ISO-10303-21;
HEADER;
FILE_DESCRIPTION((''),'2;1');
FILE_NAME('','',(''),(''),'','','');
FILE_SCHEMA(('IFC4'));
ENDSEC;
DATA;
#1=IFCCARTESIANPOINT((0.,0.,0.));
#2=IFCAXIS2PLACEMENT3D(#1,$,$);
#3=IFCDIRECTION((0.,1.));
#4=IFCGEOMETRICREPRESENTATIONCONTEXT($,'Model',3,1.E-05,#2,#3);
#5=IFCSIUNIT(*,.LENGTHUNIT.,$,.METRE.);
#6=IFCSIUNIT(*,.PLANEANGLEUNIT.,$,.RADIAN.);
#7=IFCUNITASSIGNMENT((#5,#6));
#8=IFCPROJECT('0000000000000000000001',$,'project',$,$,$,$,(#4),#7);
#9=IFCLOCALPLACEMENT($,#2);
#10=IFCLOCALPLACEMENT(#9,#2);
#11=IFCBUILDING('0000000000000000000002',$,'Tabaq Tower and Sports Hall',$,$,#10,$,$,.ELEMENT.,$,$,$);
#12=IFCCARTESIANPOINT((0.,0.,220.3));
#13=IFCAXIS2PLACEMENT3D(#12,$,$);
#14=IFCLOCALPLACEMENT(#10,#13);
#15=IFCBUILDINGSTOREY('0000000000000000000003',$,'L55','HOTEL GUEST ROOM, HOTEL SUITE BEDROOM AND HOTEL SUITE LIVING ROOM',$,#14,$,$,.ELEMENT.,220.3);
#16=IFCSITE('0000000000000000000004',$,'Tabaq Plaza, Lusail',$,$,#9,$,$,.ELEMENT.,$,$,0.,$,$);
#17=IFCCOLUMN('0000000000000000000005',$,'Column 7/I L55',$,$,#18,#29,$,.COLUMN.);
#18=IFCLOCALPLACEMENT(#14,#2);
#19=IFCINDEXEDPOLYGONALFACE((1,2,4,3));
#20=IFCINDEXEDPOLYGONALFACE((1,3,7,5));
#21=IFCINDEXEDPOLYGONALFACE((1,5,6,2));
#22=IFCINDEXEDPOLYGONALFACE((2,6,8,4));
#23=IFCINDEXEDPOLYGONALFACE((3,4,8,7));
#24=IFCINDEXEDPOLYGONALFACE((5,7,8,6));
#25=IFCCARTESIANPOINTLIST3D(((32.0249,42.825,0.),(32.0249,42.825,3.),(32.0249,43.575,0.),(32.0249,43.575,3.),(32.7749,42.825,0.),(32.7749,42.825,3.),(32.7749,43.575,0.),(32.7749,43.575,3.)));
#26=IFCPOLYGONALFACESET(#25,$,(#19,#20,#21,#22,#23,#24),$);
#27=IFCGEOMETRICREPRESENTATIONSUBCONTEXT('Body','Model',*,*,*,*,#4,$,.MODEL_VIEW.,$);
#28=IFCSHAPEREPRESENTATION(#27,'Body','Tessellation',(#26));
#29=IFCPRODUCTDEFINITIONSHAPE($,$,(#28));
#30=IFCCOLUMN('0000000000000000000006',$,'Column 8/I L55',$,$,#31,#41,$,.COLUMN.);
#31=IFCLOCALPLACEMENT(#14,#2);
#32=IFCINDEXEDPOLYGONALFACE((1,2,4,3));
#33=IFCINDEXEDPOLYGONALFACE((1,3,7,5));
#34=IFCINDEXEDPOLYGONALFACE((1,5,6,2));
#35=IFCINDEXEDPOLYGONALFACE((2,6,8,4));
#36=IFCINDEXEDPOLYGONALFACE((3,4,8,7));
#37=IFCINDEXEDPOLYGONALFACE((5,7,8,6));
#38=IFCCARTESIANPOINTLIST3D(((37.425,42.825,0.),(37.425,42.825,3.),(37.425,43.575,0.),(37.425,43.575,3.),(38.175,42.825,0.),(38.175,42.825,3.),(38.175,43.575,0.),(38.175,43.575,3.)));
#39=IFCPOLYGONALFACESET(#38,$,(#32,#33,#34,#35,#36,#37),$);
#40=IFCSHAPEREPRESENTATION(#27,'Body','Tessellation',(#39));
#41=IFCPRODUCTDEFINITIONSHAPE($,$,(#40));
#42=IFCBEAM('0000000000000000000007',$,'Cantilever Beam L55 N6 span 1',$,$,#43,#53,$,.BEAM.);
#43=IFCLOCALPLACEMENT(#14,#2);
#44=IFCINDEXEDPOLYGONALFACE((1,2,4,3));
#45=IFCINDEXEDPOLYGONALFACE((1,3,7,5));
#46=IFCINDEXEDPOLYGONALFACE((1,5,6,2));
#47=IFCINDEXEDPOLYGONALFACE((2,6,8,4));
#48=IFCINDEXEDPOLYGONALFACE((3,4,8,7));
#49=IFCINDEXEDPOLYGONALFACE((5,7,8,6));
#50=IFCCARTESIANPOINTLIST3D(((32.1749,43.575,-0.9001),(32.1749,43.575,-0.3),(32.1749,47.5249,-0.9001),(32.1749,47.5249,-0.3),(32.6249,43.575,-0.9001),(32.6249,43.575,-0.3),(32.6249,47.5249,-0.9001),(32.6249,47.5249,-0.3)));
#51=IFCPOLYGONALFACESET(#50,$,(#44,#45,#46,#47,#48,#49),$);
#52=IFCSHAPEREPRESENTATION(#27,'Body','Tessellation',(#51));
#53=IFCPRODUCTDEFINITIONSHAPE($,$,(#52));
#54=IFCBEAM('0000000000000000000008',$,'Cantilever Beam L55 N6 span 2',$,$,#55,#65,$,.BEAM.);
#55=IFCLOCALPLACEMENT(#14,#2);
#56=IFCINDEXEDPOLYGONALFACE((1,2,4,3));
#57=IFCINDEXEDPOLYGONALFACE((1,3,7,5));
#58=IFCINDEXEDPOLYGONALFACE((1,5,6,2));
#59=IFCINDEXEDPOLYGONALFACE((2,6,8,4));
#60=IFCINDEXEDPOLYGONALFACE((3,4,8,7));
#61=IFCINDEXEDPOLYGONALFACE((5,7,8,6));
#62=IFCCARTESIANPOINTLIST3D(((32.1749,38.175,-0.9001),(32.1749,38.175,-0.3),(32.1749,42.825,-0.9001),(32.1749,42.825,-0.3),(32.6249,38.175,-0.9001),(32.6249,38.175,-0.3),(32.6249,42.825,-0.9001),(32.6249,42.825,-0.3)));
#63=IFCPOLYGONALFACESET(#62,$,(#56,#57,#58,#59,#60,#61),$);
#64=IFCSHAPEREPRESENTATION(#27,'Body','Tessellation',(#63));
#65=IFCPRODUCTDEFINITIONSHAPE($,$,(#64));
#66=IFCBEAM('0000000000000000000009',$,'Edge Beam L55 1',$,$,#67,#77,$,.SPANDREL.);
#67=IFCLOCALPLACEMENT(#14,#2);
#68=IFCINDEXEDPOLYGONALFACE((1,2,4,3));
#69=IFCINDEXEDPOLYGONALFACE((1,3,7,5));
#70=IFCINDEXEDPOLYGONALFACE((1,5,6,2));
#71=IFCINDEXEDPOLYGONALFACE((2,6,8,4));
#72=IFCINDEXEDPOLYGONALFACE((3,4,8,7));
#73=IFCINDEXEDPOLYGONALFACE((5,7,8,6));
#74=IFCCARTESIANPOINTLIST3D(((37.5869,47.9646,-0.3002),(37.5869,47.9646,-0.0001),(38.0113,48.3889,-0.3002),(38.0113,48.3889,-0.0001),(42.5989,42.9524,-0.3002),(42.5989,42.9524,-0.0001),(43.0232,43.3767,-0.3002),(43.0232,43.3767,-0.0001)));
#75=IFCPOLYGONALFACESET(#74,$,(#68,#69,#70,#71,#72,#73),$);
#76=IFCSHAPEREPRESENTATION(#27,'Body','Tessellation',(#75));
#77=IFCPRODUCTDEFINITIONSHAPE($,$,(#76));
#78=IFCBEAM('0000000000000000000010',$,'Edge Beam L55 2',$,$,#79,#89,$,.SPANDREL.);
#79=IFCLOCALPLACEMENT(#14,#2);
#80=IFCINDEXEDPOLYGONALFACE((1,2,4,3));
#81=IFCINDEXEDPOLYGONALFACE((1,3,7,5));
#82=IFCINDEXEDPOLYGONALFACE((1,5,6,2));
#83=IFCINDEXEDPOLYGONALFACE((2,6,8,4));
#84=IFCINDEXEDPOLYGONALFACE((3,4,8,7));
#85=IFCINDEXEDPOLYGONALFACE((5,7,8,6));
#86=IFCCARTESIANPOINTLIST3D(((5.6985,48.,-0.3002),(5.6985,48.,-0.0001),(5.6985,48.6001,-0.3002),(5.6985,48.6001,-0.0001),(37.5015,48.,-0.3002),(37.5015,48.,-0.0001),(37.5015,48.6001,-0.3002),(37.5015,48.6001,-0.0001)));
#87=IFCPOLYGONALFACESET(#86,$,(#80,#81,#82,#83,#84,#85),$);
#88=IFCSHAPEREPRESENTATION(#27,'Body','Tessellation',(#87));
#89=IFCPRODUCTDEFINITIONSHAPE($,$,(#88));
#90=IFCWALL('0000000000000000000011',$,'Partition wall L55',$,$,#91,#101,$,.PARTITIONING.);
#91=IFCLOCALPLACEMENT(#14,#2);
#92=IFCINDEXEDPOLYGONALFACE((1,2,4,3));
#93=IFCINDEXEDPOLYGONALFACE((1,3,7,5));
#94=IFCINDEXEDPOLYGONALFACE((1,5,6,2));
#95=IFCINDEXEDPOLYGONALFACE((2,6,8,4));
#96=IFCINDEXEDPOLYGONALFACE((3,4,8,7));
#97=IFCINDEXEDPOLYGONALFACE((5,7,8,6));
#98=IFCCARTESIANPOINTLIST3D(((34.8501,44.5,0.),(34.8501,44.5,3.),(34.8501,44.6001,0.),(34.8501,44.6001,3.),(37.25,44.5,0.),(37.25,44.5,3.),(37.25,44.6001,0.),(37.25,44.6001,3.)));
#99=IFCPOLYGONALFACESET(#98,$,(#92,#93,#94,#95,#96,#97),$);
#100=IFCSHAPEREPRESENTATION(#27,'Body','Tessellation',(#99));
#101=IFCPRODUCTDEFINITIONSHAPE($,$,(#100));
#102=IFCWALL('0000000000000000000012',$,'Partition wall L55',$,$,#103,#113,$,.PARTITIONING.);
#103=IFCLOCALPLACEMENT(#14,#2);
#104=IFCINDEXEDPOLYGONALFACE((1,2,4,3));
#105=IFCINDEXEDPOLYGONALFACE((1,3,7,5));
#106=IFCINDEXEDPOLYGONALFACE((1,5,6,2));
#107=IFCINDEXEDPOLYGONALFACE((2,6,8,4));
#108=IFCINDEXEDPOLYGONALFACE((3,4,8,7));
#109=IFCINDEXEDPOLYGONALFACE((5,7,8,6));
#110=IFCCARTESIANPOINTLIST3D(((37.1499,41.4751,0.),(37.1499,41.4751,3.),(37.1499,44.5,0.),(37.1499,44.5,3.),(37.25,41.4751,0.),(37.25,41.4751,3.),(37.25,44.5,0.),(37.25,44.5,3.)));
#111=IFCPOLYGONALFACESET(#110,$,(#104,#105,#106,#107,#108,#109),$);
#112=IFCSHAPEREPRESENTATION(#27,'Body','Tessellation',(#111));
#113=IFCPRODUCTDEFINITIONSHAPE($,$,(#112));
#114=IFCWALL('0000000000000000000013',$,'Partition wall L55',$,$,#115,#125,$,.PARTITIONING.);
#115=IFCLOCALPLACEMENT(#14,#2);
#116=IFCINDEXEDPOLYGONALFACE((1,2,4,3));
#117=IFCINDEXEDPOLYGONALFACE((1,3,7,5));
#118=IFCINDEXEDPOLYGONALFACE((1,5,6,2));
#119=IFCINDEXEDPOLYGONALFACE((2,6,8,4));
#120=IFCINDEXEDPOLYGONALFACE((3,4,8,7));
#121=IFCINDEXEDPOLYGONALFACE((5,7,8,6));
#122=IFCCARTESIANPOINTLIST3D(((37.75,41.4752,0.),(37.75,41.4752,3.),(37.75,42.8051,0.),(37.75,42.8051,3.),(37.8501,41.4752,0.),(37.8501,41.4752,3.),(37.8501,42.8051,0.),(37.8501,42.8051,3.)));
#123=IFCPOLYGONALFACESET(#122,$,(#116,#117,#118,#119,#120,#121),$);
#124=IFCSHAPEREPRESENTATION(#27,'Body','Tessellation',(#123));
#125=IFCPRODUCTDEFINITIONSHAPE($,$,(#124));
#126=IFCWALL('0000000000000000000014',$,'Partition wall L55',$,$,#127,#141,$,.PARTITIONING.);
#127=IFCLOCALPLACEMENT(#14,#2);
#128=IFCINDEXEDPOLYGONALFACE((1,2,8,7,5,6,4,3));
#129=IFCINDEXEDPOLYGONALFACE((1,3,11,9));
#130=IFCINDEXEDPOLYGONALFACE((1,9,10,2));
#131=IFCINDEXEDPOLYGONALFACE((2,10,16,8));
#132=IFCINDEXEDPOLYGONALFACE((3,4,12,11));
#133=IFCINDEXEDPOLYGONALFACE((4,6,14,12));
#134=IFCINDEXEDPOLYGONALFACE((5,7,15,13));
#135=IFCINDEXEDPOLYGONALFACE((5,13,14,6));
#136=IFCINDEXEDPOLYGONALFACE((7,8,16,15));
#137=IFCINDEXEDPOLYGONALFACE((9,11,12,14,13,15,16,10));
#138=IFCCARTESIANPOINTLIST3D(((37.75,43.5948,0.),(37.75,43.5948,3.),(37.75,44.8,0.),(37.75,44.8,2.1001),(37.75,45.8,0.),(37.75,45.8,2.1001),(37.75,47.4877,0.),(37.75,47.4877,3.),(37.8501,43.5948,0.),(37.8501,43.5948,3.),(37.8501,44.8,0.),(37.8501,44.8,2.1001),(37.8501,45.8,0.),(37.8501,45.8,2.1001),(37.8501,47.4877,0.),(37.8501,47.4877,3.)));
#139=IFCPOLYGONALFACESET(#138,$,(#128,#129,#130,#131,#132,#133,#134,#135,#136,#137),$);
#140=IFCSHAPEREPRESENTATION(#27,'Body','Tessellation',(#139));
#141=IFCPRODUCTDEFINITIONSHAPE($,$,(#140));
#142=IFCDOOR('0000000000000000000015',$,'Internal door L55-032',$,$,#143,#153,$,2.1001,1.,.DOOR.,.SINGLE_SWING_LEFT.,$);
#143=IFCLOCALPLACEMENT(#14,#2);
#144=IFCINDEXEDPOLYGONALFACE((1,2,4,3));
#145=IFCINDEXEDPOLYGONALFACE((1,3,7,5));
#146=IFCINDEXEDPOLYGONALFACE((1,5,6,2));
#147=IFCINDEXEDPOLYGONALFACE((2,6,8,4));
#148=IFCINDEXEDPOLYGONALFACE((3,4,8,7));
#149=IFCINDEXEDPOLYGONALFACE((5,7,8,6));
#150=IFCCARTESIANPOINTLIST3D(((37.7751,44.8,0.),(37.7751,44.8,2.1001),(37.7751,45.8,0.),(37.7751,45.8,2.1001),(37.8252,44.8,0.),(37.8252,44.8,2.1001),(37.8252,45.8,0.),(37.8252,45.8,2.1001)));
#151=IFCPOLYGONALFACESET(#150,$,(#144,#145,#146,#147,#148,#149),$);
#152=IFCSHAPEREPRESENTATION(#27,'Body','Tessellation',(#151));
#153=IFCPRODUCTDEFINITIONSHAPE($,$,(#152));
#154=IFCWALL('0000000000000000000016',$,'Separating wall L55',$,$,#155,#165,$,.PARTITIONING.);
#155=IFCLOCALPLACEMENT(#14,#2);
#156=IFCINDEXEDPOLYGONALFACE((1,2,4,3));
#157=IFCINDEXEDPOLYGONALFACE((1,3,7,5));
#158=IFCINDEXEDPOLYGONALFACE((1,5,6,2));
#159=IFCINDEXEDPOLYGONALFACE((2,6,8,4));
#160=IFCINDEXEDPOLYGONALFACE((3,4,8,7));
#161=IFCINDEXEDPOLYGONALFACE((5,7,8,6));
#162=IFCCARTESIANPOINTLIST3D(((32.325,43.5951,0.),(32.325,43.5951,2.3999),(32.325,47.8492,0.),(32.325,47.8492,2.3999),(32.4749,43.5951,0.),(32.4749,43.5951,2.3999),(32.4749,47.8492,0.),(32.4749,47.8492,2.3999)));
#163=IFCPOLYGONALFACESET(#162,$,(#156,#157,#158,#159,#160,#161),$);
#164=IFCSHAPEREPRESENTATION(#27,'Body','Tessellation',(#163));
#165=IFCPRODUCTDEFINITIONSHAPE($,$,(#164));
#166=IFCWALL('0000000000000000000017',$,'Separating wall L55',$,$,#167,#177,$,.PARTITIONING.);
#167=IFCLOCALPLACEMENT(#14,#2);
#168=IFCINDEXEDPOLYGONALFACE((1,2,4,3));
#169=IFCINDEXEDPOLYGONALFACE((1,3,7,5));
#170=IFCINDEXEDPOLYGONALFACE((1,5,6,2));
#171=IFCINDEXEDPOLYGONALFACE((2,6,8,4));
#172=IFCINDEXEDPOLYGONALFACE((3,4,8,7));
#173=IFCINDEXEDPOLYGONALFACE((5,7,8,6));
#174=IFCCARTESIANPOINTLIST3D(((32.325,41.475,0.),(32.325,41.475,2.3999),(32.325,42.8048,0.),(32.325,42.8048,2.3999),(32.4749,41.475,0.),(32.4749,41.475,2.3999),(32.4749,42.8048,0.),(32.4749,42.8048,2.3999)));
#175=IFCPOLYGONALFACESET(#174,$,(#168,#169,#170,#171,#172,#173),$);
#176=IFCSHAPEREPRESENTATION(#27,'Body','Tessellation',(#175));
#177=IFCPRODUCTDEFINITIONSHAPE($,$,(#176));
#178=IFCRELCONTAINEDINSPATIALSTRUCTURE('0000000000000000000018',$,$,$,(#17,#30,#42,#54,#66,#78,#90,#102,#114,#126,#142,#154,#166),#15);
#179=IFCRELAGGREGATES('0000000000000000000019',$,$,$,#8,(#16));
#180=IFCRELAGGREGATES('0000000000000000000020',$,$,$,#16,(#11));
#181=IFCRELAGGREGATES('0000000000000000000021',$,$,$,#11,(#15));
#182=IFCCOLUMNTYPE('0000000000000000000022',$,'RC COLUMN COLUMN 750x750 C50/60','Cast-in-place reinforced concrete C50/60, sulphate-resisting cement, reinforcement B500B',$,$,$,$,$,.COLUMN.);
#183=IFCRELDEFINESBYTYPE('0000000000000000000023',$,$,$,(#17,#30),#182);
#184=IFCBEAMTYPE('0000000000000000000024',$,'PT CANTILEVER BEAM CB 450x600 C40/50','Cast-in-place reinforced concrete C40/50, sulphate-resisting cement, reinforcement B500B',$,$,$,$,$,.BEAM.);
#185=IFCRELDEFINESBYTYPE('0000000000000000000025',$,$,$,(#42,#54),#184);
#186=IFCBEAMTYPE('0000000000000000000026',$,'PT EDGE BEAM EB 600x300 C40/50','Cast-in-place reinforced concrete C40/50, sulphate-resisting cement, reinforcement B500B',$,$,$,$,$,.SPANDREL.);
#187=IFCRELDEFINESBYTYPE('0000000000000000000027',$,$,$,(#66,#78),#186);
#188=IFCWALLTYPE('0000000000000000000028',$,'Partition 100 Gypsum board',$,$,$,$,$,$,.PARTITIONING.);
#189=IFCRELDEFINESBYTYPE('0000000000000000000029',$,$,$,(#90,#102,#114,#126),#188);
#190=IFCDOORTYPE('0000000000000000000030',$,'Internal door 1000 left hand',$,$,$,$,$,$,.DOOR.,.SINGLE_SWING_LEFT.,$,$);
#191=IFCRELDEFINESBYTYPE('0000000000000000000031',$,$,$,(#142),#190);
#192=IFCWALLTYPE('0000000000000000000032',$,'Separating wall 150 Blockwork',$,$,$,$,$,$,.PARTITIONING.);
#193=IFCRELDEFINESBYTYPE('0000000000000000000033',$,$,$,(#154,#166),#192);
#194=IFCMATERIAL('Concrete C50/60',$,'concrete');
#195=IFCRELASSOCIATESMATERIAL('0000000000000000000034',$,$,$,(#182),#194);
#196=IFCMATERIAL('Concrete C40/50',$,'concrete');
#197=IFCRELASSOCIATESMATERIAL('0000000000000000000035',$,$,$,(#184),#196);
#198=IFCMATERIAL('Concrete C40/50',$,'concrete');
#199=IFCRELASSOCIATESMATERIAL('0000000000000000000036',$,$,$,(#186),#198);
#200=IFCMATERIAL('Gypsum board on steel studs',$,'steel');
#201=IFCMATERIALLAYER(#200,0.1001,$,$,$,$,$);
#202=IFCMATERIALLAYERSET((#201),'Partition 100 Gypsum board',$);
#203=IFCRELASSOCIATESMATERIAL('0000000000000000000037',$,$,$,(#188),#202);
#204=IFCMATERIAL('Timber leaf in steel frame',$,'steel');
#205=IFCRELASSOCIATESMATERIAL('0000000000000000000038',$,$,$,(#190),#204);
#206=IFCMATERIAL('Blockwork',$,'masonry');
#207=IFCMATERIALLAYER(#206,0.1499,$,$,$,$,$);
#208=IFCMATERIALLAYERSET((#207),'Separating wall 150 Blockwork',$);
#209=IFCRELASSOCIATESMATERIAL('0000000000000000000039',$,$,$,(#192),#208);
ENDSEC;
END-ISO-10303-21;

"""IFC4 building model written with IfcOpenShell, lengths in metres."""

from ifc_helpers import new_model, si_unit, direction, frame, frame_2d, origin, origin_2d, place, context, subcontext, project, spatial, rectangle, extrude, material, layer, layer_set, material_profile, profile_set, type_object, element, fill, save


model = new_model("IFC4")

# Units and contexts
model_context = context("Model", 3, precision=1e-05, world=origin(), true_north=direction((0.0, 1.0)))
body_context = subcontext(model_context, "Body", "Model", "MODEL_VIEW")
ifc_project = project(units=[si_unit("LENGTHUNIT", "METRE"), si_unit("PLANEANGLEUNIT", "RADIAN")], contexts=[model_context])

# Site, building, storey
site_placement = place(None, origin())
site = spatial("IfcSite", under=ifc_project, at=site_placement, Name="Tabaq Plaza, Lusail", CompositionType="ELEMENT", RefElevation=0.0)
building_placement = place(site_placement, origin())
building = spatial("IfcBuilding", under=site, at=building_placement, Name="Tabaq Tower and Sports Hall", CompositionType="ELEMENT")
storey_placement = place(building_placement, frame((0.0, 0.0, 220.3)))
storey = spatial("IfcBuildingStorey", under=building, at=storey_placement, Name="L55", Description="HOTEL GUEST ROOM, HOTEL SUITE BEDROOM AND HOTEL SUITE LIVING ROOM", CompositionType="ELEMENT", Elevation=220.3)

# Columns
ifc_material_1 = material(Name="Concrete C50/60", Category="concrete")
ifc_material_profile_1 = material_profile(ifc_material_1, rectangle(XDim=0.75, YDim=0.75, at=origin_2d()), Name="COLUMN 750x750")
ifc_profile_set_1 = profile_set([ifc_material_profile_1], Name="Concrete C50/60")
column_type = type_object("IfcColumnType", Name="RC COLUMN COLUMN 750x750 C50/60", Description="Cast-in-place reinforced concrete C50/60, sulphate-resisting cement, reinforcement B500B", PredefinedType="COLUMN", material=ifc_profile_set_1)
for number, where, z_axis, x_axis, name in (
    (1, (32.3999, 43.2, 0.0), (0.0, 0.0, 1.0), (1.0, 0.0, 0.0), "Column 7/I L55"),
    (2, (37.8, 43.2, 0.0), (0.0, 0.0, 1.0), (1.0, 0.0, 0.0), "Column 8/I L55"),
):
    element("IfcColumn", number, at=place(storey_placement, frame(where, z_axis=z_axis, x_axis=x_axis)), inside=storey, type_object=column_type, Name=name, PredefinedType="COLUMN", context=body_context, shape_type="SweptSolid", body=[
        extrude(rectangle(XDim=0.75, YDim=0.75, at=origin_2d()), origin(), (0.0, 0.0, 1.0), 3.0),
    ])

# Beams
ifc_material_2 = material(Name="Concrete C40/50", Category="concrete")
ifc_material_profile_2 = material_profile(ifc_material_2, rectangle(XDim=0.45, YDim=0.6001, at=origin_2d()), Name="CB 450x600")
ifc_profile_set_2 = profile_set([ifc_material_profile_2], Name="Concrete C40/50")
beam_type_1 = type_object("IfcBeamType", Name="PT CANTILEVER BEAM CB 450x600 C40/50", Description="Cast-in-place reinforced concrete C40/50, sulphate-resisting cement, reinforcement B500B", PredefinedType="BEAM", material=ifc_profile_set_2)
beam_1_placement = place(storey_placement, frame((32.3999, 47.5249, -0.6001), z_axis=(0.0, -1.0, 0.0), x_axis=(1.0, 0.0, 0.0)))
element("IfcBeam", 3, at=beam_1_placement, inside=storey, type_object=beam_type_1, Name="Cantilever Beam L55 N6 span 1", PredefinedType="BEAM", context=body_context, shape_type="SweptSolid", body=[
    extrude(rectangle(XDim=0.45, YDim=0.6001, at=origin_2d()), origin(), (0.0, 0.0, 1.0), 3.95),
])
beam_2_placement = place(storey_placement, frame((32.3999, 42.825, -0.6001), z_axis=(0.0, -1.0, 0.0), x_axis=(1.0, 0.0, 0.0)))
element("IfcBeam", 4, at=beam_2_placement, inside=storey, type_object=beam_type_1, Name="Cantilever Beam L55 N6 span 2", PredefinedType="BEAM", context=body_context, shape_type="SweptSolid", body=[
    extrude(rectangle(XDim=0.45, YDim=0.6001, at=origin_2d()), origin(), (0.0, 0.0, 1.0), 4.6499),
])
ifc_material_3 = material(Name="Concrete C40/50", Category="concrete")
ifc_material_profile_3 = material_profile(ifc_material_3, rectangle(XDim=0.6001, YDim=0.3, at=origin_2d()), Name="EB 600x300")
ifc_profile_set_3 = profile_set([ifc_material_profile_3], Name="Concrete C40/50")
beam_type_2 = type_object("IfcBeamType", Name="PT EDGE BEAM EB 600x300 C40/50", Description="Cast-in-place reinforced concrete C40/50, sulphate-resisting cement, reinforcement B500B", PredefinedType="SPANDREL", material=ifc_profile_set_3)
beam_3_placement = place(storey_placement, frame((42.811, 43.1646, -0.1501), z_axis=(-0.70709, 0.707124, 0.0), x_axis=(-0.707124, -0.70709, 0.0)))
element("IfcBeam", 5, at=beam_3_placement, inside=storey, type_object=beam_type_2, Name="Edge Beam L55 1", PredefinedType="SPANDREL", context=body_context, shape_type="SweptSolid", body=[
    extrude(rectangle(XDim=0.6001, YDim=0.3, at=origin_2d()), origin(), (0.0, 0.0, 1.0), 7.0881),
])
beam_4_placement = place(storey_placement, frame((37.5015, 48.3, -0.1501), z_axis=(-1.0, 0.0, 0.0), x_axis=(0.0, -1.0, 0.0)))
element("IfcBeam", 6, at=beam_4_placement, inside=storey, type_object=beam_type_2, Name="Edge Beam L55 2", PredefinedType="SPANDREL", context=body_context, shape_type="SweptSolid", body=[
    extrude(rectangle(XDim=0.6001, YDim=0.3, at=origin_2d()), origin(), (0.0, 0.0, 1.0), 31.803),
])

# Walls
ifc_material_4 = material(Name="Gypsum board on steel studs", Category="steel")
ifc_layer_1 = layer(ifc_material_4, 0.1001)
ifc_layer_set_1 = layer_set([ifc_layer_1], Name="Partition 100 Gypsum board")
wall_type_1 = type_object("IfcWallType", Name="Partition 100 Gypsum board", PredefinedType="PARTITIONING", material=ifc_layer_set_1)
wall_1_placement = place(storey_placement, frame((34.8501, 44.55, 0.0), z_axis=(0.0, 0.0, 1.0), x_axis=(1.0, 0.0, 0.0)))
element("IfcWall", 7, at=wall_1_placement, inside=storey, type_object=wall_type_1, Name="Partition wall L55", PredefinedType="PARTITIONING", context=body_context, shape_type="SweptSolid", body=[
    extrude(rectangle(XDim=2.3999, YDim=0.1001, at=frame_2d((1.2, 0.0))), origin(), (0.0, 0.0, 1.0), 3.0),
])
wall_2_placement = place(storey_placement, frame((37.2, 44.5, 0.0), z_axis=(0.0, 0.0, 1.0), x_axis=(0.0, -1.0, 0.0)))
element("IfcWall", 8, at=wall_2_placement, inside=storey, type_object=wall_type_1, Name="Partition wall L55", PredefinedType="PARTITIONING", context=body_context, shape_type="SweptSolid", body=[
    extrude(rectangle(XDim=3.0249, YDim=0.1001, at=frame_2d((1.5125, 0.0))), origin(), (0.0, 0.0, 1.0), 3.0),
])
wall_3_placement = place(storey_placement, frame((37.8, 41.4751, 0.0), z_axis=(0.0, 0.0, 1.0), x_axis=(0.0, 1.0, 0.0)))
element("IfcWall", 9, at=wall_3_placement, inside=storey, type_object=wall_type_1, Name="Partition wall L55", PredefinedType="PARTITIONING", context=body_context, shape_type="SweptSolid", body=[
    extrude(rectangle(XDim=1.3298, YDim=0.1001, at=frame_2d((0.665, 0.0))), origin(), (0.0, 0.0, 1.0), 3.0),
])

# Wall, opening, door
wall_4_placement = place(storey_placement, frame((37.8, 43.595, 0.0), z_axis=(0.0, 0.0, 1.0), x_axis=(0.0, 1.0, 0.0)))
wall_4 = element("IfcWall", 10, at=wall_4_placement, inside=storey, type_object=wall_type_1, Name="Partition wall L55", PredefinedType="PARTITIONING", context=body_context, shape_type="SweptSolid", body=[
    extrude(rectangle(XDim=3.8928, YDim=0.1001, at=frame_2d((1.9463, 0.0))), origin(), (0.0, 0.0, 1.0), 3.0),
])
opening_1_placement = place(wall_4_placement, frame((1.2051, 0.0, 0.0)))
opening_1 = element("IfcOpeningElement", 11, at=opening_1_placement, cuts=wall_4, PredefinedType="OPENING", context=body_context, shape_type="SweptSolid", body=[
    extrude(rectangle(XDim=1.0, YDim=2.1001, at=frame_2d((0.5, 1.05))), frame((0.0, 0.05, 0.0), z_axis=(0.0, -1.0, 0.0), x_axis=(1.0, 0.0, 0.0)), (0.0, 0.0, 1.0), 0.1001),
])
ifc_material_5 = material(Name="Timber leaf in steel frame", Category="steel")
door_type = type_object("IfcDoorType", Name="Internal door 1000 left hand", OperationType="SINGLE_SWING_LEFT", PredefinedType="DOOR", material=ifc_material_5)
door_placement = place(opening_1_placement, origin())
door = element("IfcDoor", 12, at=door_placement, inside=storey, type_object=door_type, Name="Internal door L55-032", OperationType="SINGLE_SWING_LEFT", OverallHeight=2.1001, OverallWidth=1.0, PredefinedType="DOOR", context=body_context, shape_type="SweptSolid", body=[
    extrude(rectangle(XDim=1.0, YDim=2.1001, at=frame_2d((0.5, 1.05))), frame((0.0, 0.0249, 0.0), z_axis=(0.0, -1.0, 0.0), x_axis=(1.0, 0.0, 0.0)), (0.0, 0.0, 1.0), 0.05),
])
fill(opening_1, door)

# Walls
ifc_material_6 = material(Name="Blockwork", Category="masonry")
ifc_layer_2 = layer(ifc_material_6, 0.1499)
ifc_layer_set_2 = layer_set([ifc_layer_2], Name="Separating wall 150 Blockwork")
wall_type_2 = type_object("IfcWallType", Name="Separating wall 150 Blockwork", PredefinedType="PARTITIONING", material=ifc_layer_set_2)
wall_5_placement = place(storey_placement, frame((32.3999, 47.8491, 0.0), z_axis=(0.0, 0.0, 1.0), x_axis=(0.0, -1.0, 0.0)))
element("IfcWall", 13, at=wall_5_placement, inside=storey, type_object=wall_type_2, Name="Separating wall L55", PredefinedType="PARTITIONING", context=body_context, shape_type="SweptSolid", body=[
    extrude(rectangle(XDim=4.2542, YDim=0.1499, at=frame_2d((2.127, 0.0))), origin(), (0.0, 0.0, 1.0), 2.3999),
])
wall_6_placement = place(storey_placement, frame((32.3999, 42.8049, 0.0), z_axis=(0.0, 0.0, 1.0), x_axis=(0.0, -1.0, 0.0)))
element("IfcWall", 14, at=wall_6_placement, inside=storey, type_object=wall_type_2, Name="Separating wall L55", PredefinedType="PARTITIONING", context=body_context, shape_type="SweptSolid", body=[
    extrude(rectangle(XDim=1.3298, YDim=0.1499, at=frame_2d((0.665, 0.0))), origin(), (0.0, 0.0, 1.0), 2.3999),
])

save(model, "model.ifc")
